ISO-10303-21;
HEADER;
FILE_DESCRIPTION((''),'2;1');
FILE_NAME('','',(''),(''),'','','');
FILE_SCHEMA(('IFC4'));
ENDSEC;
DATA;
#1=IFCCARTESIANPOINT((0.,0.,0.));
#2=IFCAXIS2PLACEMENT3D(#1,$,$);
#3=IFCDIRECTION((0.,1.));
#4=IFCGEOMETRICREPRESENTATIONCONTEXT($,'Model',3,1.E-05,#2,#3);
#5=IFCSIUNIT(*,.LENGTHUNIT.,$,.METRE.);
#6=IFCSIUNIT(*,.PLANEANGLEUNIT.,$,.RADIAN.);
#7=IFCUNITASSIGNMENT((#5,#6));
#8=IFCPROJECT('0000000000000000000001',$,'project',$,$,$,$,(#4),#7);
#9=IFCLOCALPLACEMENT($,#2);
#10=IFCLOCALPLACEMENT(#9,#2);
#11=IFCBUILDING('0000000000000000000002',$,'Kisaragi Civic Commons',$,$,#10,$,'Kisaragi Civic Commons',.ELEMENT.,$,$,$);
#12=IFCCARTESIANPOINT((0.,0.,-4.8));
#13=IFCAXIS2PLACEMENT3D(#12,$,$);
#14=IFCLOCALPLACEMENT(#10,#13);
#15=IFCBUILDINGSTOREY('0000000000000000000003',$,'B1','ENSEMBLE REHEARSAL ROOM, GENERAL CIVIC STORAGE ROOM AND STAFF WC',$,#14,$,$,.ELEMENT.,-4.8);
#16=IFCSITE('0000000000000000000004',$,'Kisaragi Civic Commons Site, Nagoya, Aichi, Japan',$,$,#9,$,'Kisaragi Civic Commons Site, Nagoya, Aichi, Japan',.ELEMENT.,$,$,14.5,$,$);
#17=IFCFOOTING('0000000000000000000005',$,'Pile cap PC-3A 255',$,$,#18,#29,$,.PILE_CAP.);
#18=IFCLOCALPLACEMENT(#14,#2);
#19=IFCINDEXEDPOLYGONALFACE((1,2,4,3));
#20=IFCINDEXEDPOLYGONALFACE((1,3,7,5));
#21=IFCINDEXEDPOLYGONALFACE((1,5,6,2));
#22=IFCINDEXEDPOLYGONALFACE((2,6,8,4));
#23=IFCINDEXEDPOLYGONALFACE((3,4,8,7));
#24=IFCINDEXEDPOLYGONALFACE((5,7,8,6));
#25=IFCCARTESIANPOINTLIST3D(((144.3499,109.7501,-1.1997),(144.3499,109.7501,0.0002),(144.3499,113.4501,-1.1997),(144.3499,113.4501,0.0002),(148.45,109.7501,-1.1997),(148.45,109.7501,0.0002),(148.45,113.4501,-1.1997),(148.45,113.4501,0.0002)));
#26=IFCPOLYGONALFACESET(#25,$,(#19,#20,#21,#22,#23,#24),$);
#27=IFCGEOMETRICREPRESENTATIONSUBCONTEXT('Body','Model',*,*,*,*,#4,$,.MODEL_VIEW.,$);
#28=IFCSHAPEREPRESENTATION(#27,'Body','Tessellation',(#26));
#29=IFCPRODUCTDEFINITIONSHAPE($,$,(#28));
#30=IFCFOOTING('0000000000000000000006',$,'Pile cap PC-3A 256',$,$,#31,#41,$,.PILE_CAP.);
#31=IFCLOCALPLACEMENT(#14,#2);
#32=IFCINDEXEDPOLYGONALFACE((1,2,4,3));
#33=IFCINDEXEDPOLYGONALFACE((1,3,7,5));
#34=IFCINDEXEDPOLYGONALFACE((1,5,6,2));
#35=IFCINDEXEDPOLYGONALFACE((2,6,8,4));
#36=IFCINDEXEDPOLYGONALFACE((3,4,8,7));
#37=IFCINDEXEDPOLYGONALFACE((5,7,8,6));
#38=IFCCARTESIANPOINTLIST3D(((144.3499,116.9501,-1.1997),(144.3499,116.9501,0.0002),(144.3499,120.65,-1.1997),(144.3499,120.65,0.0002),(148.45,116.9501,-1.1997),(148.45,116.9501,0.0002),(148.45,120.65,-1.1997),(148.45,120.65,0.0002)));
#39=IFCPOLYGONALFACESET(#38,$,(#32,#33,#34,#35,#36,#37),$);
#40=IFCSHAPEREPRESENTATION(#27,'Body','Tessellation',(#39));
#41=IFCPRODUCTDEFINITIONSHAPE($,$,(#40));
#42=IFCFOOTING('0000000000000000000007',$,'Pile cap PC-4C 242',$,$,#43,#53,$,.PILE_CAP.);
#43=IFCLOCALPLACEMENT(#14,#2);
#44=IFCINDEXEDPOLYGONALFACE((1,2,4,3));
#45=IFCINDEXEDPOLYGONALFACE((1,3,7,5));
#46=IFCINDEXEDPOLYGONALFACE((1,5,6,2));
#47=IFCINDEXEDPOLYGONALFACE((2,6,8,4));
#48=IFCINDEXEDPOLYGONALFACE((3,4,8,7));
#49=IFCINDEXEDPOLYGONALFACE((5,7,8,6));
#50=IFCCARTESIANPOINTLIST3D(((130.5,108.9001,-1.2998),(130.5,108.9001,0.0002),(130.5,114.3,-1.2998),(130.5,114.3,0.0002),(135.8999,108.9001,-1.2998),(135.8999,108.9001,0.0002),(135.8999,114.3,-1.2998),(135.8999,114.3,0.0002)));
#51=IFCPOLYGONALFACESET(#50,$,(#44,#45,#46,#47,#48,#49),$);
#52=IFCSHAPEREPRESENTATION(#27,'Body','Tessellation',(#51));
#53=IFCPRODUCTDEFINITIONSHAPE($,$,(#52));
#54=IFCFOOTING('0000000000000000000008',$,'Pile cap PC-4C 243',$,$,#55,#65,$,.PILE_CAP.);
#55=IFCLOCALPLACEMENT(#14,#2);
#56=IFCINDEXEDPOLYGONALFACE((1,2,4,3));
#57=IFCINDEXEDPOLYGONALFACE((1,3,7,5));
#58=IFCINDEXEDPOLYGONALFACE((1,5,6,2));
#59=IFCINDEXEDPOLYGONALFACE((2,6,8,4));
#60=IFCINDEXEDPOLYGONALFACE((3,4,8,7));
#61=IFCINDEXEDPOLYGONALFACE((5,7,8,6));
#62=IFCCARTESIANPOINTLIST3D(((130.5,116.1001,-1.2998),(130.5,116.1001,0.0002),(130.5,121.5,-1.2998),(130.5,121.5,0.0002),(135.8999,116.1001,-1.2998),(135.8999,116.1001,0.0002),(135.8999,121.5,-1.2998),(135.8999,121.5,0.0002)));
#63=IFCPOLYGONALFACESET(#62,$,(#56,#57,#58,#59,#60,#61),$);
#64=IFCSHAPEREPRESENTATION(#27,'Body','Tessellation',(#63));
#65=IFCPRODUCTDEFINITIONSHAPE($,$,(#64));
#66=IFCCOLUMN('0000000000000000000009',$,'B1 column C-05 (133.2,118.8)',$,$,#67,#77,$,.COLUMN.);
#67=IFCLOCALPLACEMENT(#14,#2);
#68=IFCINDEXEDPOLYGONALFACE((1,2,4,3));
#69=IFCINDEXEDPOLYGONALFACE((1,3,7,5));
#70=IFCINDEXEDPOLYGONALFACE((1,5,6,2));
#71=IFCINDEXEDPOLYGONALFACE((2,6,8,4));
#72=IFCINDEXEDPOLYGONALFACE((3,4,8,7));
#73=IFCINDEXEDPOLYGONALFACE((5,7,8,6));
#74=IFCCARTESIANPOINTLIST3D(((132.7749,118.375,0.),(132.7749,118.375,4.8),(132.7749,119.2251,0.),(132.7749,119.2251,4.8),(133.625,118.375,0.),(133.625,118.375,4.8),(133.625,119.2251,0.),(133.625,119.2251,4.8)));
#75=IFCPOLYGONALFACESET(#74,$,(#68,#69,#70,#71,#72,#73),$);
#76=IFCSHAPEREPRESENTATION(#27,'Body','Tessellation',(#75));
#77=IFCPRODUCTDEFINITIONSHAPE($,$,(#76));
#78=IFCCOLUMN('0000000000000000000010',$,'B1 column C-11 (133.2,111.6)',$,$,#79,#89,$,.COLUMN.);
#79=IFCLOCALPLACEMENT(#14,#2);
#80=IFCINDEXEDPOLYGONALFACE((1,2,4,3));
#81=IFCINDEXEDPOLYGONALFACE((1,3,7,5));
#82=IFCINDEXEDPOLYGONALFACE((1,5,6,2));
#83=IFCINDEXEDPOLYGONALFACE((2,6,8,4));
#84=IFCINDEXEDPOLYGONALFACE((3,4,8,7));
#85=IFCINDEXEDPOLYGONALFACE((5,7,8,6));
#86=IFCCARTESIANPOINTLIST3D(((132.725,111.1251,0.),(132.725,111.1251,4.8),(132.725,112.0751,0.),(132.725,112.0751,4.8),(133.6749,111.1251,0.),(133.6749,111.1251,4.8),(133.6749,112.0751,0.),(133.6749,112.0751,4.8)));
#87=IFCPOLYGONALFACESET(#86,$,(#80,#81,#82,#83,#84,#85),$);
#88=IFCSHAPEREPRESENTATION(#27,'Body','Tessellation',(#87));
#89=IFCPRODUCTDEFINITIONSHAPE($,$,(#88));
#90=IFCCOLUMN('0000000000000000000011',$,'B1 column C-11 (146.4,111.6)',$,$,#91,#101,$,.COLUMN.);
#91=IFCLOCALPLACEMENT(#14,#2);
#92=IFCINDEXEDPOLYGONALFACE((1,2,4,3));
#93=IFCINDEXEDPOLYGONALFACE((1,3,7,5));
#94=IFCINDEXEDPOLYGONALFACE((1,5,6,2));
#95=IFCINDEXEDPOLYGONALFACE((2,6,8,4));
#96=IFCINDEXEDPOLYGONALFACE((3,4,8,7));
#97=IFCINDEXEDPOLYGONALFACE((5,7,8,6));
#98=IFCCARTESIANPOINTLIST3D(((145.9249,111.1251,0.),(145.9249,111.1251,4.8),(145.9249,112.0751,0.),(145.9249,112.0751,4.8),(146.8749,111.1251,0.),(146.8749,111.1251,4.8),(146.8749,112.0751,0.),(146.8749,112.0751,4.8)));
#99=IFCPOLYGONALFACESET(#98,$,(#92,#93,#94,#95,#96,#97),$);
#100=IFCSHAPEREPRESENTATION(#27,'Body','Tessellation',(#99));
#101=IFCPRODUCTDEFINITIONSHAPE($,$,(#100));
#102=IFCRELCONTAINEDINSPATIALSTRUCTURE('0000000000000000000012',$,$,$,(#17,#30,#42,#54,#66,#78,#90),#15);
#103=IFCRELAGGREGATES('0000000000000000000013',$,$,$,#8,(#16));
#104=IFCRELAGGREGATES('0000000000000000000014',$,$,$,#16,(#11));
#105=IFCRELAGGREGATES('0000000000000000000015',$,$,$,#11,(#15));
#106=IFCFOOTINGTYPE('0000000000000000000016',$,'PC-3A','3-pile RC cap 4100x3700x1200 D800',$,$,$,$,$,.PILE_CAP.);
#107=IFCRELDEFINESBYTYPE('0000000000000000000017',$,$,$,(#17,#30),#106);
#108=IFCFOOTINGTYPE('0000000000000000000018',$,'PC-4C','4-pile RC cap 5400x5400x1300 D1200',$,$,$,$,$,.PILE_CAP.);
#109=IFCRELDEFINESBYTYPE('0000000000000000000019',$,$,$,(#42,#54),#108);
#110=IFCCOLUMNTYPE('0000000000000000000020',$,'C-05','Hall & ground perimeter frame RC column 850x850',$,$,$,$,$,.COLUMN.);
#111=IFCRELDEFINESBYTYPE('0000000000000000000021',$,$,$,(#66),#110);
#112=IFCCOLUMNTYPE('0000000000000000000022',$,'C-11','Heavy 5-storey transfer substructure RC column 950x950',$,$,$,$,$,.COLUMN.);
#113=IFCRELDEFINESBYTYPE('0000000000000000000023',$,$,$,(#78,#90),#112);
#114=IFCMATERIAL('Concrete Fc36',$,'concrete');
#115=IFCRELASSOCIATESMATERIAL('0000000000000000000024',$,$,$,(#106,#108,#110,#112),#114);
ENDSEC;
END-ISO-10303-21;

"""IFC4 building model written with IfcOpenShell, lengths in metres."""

from ifc_helpers import new_model, si_unit, direction, frame, origin, origin_2d, place, context, subcontext, project, spatial, rectangle, extrude, material, material_profile, profile_set, type_object, element, save


model = new_model("IFC4")

# Units and contexts
model_context = context("Model", 3, precision=1e-05, world=origin(), true_north=direction((0.0, 1.0)))
body_context = subcontext(model_context, "Body", "Model", "MODEL_VIEW")
ifc_project = project(units=[si_unit("LENGTHUNIT", "METRE"), si_unit("PLANEANGLEUNIT", "RADIAN")], contexts=[model_context])

# Site, building, storey
site_placement = place(None, origin())
site = spatial("IfcSite", under=ifc_project, at=site_placement, Name="Kisaragi Civic Commons Site, Nagoya, Aichi, Japan", LongName="Kisaragi Civic Commons Site, Nagoya, Aichi, Japan", CompositionType="ELEMENT", RefElevation=14.5)
building_placement = place(site_placement, origin())
building = spatial("IfcBuilding", under=site, at=building_placement, Name="Kisaragi Civic Commons", LongName="Kisaragi Civic Commons", CompositionType="ELEMENT")
storey_placement = place(building_placement, frame((0.0, 0.0, -4.8)))
storey = spatial("IfcBuildingStorey", under=building, at=storey_placement, Name="B1", Description="ENSEMBLE REHEARSAL ROOM, GENERAL CIVIC STORAGE ROOM AND STAFF WC", CompositionType="ELEMENT", Elevation=-4.8)

# Footings
ifc_material_1 = material(Name="Concrete Fc36", Category="concrete")
footing_type_1 = type_object("IfcFootingType", Name="PC-3A", Description="3-pile RC cap 4100x3700x1200 D800", PredefinedType="PILE_CAP", material=ifc_material_1)
for number, where, z_axis, x_axis, name in (
    (1, (146.3999, 111.6001, -1.1997), (0.0, 0.0, 1.0), (1.0, 0.0, 0.0), "Pile cap PC-3A 255"),
    (2, (146.3999, 118.8, -1.1997), (0.0, 0.0, 1.0), (1.0, 0.0, 0.0), "Pile cap PC-3A 256"),
):
    element("IfcFooting", number, at=place(storey_placement, frame(where, z_axis=z_axis, x_axis=x_axis)), inside=storey, type_object=footing_type_1, Name=name, PredefinedType="PILE_CAP", context=body_context, shape_type="SweptSolid", body=[
        extrude(rectangle(XDim=4.1001, YDim=3.7, at=origin_2d()), origin(), (0.0, 0.0, 1.0), 1.2),
    ])
footing_type_2 = type_object("IfcFootingType", Name="PC-4C", Description="4-pile RC cap 5400x5400x1300 D1200", PredefinedType="PILE_CAP", material=ifc_material_1)
for number, where, z_axis, x_axis, name in (
    (3, (133.2, 111.6001, -1.2998), (0.0, 0.0, 1.0), (1.0, 0.0, 0.0), "Pile cap PC-4C 242"),
    (4, (133.2, 118.8, -1.2998), (0.0, 0.0, 1.0), (1.0, 0.0, 0.0), "Pile cap PC-4C 243"),
):
    element("IfcFooting", number, at=place(storey_placement, frame(where, z_axis=z_axis, x_axis=x_axis)), inside=storey, type_object=footing_type_2, Name=name, PredefinedType="PILE_CAP", context=body_context, shape_type="SweptSolid", body=[
        extrude(rectangle(XDim=5.3999, YDim=5.3999, at=origin_2d()), origin(), (0.0, 0.0, 1.0), 1.3),
    ])

# Columns
ifc_material_profile_1 = material_profile(ifc_material_1, rectangle(XDim=0.8501, YDim=0.8501, at=origin_2d()), Name="RC-850x850", Category="concrete")
ifc_profile_set_1 = profile_set([ifc_material_profile_1], Name="Concrete Fc36")
column_type_1 = type_object("IfcColumnType", Name="C-05", Description="Hall & ground perimeter frame RC column 850x850", PredefinedType="COLUMN", material=ifc_profile_set_1)
column_placement = place(storey_placement, frame((133.2, 118.8, 0.0), z_axis=(0.0, 0.0, 1.0), x_axis=(1.0, 0.0, 0.0)))
element("IfcColumn", 5, at=column_placement, inside=storey, type_object=column_type_1, Name="B1 column C-05 (133.2,118.8)", PredefinedType="COLUMN", context=body_context, shape_type="SweptSolid", body=[
    extrude(rectangle(XDim=0.8501, YDim=0.8501, at=origin_2d()), origin(), (0.0, 0.0, 1.0), 4.8),
])
ifc_material_profile_2 = material_profile(ifc_material_1, rectangle(XDim=0.95, YDim=0.95, at=origin_2d()), Name="RC-950x950", Category="concrete")
ifc_profile_set_2 = profile_set([ifc_material_profile_2], Name="Concrete Fc36")
column_type_2 = type_object("IfcColumnType", Name="C-11", Description="Heavy 5-storey transfer substructure RC column 950x950", PredefinedType="COLUMN", material=ifc_profile_set_2)
for number, where, z_axis, x_axis, name in (
    (6, (133.2, 111.6001, 0.0), (0.0, 0.0, 1.0), (1.0, 0.0, 0.0), "B1 column C-11 (133.2,111.6)"),
    (7, (146.3999, 111.6001, 0.0), (0.0, 0.0, 1.0), (1.0, 0.0, 0.0), "B1 column C-11 (146.4,111.6)"),
):
    element("IfcColumn", number, at=place(storey_placement, frame(where, z_axis=z_axis, x_axis=x_axis)), inside=storey, type_object=column_type_2, Name=name, PredefinedType="COLUMN", context=body_context, shape_type="SweptSolid", body=[
        extrude(rectangle(XDim=0.95, YDim=0.95, at=origin_2d()), origin(), (0.0, 0.0, 1.0), 4.8),
    ])

save(model, "model.ifc")
